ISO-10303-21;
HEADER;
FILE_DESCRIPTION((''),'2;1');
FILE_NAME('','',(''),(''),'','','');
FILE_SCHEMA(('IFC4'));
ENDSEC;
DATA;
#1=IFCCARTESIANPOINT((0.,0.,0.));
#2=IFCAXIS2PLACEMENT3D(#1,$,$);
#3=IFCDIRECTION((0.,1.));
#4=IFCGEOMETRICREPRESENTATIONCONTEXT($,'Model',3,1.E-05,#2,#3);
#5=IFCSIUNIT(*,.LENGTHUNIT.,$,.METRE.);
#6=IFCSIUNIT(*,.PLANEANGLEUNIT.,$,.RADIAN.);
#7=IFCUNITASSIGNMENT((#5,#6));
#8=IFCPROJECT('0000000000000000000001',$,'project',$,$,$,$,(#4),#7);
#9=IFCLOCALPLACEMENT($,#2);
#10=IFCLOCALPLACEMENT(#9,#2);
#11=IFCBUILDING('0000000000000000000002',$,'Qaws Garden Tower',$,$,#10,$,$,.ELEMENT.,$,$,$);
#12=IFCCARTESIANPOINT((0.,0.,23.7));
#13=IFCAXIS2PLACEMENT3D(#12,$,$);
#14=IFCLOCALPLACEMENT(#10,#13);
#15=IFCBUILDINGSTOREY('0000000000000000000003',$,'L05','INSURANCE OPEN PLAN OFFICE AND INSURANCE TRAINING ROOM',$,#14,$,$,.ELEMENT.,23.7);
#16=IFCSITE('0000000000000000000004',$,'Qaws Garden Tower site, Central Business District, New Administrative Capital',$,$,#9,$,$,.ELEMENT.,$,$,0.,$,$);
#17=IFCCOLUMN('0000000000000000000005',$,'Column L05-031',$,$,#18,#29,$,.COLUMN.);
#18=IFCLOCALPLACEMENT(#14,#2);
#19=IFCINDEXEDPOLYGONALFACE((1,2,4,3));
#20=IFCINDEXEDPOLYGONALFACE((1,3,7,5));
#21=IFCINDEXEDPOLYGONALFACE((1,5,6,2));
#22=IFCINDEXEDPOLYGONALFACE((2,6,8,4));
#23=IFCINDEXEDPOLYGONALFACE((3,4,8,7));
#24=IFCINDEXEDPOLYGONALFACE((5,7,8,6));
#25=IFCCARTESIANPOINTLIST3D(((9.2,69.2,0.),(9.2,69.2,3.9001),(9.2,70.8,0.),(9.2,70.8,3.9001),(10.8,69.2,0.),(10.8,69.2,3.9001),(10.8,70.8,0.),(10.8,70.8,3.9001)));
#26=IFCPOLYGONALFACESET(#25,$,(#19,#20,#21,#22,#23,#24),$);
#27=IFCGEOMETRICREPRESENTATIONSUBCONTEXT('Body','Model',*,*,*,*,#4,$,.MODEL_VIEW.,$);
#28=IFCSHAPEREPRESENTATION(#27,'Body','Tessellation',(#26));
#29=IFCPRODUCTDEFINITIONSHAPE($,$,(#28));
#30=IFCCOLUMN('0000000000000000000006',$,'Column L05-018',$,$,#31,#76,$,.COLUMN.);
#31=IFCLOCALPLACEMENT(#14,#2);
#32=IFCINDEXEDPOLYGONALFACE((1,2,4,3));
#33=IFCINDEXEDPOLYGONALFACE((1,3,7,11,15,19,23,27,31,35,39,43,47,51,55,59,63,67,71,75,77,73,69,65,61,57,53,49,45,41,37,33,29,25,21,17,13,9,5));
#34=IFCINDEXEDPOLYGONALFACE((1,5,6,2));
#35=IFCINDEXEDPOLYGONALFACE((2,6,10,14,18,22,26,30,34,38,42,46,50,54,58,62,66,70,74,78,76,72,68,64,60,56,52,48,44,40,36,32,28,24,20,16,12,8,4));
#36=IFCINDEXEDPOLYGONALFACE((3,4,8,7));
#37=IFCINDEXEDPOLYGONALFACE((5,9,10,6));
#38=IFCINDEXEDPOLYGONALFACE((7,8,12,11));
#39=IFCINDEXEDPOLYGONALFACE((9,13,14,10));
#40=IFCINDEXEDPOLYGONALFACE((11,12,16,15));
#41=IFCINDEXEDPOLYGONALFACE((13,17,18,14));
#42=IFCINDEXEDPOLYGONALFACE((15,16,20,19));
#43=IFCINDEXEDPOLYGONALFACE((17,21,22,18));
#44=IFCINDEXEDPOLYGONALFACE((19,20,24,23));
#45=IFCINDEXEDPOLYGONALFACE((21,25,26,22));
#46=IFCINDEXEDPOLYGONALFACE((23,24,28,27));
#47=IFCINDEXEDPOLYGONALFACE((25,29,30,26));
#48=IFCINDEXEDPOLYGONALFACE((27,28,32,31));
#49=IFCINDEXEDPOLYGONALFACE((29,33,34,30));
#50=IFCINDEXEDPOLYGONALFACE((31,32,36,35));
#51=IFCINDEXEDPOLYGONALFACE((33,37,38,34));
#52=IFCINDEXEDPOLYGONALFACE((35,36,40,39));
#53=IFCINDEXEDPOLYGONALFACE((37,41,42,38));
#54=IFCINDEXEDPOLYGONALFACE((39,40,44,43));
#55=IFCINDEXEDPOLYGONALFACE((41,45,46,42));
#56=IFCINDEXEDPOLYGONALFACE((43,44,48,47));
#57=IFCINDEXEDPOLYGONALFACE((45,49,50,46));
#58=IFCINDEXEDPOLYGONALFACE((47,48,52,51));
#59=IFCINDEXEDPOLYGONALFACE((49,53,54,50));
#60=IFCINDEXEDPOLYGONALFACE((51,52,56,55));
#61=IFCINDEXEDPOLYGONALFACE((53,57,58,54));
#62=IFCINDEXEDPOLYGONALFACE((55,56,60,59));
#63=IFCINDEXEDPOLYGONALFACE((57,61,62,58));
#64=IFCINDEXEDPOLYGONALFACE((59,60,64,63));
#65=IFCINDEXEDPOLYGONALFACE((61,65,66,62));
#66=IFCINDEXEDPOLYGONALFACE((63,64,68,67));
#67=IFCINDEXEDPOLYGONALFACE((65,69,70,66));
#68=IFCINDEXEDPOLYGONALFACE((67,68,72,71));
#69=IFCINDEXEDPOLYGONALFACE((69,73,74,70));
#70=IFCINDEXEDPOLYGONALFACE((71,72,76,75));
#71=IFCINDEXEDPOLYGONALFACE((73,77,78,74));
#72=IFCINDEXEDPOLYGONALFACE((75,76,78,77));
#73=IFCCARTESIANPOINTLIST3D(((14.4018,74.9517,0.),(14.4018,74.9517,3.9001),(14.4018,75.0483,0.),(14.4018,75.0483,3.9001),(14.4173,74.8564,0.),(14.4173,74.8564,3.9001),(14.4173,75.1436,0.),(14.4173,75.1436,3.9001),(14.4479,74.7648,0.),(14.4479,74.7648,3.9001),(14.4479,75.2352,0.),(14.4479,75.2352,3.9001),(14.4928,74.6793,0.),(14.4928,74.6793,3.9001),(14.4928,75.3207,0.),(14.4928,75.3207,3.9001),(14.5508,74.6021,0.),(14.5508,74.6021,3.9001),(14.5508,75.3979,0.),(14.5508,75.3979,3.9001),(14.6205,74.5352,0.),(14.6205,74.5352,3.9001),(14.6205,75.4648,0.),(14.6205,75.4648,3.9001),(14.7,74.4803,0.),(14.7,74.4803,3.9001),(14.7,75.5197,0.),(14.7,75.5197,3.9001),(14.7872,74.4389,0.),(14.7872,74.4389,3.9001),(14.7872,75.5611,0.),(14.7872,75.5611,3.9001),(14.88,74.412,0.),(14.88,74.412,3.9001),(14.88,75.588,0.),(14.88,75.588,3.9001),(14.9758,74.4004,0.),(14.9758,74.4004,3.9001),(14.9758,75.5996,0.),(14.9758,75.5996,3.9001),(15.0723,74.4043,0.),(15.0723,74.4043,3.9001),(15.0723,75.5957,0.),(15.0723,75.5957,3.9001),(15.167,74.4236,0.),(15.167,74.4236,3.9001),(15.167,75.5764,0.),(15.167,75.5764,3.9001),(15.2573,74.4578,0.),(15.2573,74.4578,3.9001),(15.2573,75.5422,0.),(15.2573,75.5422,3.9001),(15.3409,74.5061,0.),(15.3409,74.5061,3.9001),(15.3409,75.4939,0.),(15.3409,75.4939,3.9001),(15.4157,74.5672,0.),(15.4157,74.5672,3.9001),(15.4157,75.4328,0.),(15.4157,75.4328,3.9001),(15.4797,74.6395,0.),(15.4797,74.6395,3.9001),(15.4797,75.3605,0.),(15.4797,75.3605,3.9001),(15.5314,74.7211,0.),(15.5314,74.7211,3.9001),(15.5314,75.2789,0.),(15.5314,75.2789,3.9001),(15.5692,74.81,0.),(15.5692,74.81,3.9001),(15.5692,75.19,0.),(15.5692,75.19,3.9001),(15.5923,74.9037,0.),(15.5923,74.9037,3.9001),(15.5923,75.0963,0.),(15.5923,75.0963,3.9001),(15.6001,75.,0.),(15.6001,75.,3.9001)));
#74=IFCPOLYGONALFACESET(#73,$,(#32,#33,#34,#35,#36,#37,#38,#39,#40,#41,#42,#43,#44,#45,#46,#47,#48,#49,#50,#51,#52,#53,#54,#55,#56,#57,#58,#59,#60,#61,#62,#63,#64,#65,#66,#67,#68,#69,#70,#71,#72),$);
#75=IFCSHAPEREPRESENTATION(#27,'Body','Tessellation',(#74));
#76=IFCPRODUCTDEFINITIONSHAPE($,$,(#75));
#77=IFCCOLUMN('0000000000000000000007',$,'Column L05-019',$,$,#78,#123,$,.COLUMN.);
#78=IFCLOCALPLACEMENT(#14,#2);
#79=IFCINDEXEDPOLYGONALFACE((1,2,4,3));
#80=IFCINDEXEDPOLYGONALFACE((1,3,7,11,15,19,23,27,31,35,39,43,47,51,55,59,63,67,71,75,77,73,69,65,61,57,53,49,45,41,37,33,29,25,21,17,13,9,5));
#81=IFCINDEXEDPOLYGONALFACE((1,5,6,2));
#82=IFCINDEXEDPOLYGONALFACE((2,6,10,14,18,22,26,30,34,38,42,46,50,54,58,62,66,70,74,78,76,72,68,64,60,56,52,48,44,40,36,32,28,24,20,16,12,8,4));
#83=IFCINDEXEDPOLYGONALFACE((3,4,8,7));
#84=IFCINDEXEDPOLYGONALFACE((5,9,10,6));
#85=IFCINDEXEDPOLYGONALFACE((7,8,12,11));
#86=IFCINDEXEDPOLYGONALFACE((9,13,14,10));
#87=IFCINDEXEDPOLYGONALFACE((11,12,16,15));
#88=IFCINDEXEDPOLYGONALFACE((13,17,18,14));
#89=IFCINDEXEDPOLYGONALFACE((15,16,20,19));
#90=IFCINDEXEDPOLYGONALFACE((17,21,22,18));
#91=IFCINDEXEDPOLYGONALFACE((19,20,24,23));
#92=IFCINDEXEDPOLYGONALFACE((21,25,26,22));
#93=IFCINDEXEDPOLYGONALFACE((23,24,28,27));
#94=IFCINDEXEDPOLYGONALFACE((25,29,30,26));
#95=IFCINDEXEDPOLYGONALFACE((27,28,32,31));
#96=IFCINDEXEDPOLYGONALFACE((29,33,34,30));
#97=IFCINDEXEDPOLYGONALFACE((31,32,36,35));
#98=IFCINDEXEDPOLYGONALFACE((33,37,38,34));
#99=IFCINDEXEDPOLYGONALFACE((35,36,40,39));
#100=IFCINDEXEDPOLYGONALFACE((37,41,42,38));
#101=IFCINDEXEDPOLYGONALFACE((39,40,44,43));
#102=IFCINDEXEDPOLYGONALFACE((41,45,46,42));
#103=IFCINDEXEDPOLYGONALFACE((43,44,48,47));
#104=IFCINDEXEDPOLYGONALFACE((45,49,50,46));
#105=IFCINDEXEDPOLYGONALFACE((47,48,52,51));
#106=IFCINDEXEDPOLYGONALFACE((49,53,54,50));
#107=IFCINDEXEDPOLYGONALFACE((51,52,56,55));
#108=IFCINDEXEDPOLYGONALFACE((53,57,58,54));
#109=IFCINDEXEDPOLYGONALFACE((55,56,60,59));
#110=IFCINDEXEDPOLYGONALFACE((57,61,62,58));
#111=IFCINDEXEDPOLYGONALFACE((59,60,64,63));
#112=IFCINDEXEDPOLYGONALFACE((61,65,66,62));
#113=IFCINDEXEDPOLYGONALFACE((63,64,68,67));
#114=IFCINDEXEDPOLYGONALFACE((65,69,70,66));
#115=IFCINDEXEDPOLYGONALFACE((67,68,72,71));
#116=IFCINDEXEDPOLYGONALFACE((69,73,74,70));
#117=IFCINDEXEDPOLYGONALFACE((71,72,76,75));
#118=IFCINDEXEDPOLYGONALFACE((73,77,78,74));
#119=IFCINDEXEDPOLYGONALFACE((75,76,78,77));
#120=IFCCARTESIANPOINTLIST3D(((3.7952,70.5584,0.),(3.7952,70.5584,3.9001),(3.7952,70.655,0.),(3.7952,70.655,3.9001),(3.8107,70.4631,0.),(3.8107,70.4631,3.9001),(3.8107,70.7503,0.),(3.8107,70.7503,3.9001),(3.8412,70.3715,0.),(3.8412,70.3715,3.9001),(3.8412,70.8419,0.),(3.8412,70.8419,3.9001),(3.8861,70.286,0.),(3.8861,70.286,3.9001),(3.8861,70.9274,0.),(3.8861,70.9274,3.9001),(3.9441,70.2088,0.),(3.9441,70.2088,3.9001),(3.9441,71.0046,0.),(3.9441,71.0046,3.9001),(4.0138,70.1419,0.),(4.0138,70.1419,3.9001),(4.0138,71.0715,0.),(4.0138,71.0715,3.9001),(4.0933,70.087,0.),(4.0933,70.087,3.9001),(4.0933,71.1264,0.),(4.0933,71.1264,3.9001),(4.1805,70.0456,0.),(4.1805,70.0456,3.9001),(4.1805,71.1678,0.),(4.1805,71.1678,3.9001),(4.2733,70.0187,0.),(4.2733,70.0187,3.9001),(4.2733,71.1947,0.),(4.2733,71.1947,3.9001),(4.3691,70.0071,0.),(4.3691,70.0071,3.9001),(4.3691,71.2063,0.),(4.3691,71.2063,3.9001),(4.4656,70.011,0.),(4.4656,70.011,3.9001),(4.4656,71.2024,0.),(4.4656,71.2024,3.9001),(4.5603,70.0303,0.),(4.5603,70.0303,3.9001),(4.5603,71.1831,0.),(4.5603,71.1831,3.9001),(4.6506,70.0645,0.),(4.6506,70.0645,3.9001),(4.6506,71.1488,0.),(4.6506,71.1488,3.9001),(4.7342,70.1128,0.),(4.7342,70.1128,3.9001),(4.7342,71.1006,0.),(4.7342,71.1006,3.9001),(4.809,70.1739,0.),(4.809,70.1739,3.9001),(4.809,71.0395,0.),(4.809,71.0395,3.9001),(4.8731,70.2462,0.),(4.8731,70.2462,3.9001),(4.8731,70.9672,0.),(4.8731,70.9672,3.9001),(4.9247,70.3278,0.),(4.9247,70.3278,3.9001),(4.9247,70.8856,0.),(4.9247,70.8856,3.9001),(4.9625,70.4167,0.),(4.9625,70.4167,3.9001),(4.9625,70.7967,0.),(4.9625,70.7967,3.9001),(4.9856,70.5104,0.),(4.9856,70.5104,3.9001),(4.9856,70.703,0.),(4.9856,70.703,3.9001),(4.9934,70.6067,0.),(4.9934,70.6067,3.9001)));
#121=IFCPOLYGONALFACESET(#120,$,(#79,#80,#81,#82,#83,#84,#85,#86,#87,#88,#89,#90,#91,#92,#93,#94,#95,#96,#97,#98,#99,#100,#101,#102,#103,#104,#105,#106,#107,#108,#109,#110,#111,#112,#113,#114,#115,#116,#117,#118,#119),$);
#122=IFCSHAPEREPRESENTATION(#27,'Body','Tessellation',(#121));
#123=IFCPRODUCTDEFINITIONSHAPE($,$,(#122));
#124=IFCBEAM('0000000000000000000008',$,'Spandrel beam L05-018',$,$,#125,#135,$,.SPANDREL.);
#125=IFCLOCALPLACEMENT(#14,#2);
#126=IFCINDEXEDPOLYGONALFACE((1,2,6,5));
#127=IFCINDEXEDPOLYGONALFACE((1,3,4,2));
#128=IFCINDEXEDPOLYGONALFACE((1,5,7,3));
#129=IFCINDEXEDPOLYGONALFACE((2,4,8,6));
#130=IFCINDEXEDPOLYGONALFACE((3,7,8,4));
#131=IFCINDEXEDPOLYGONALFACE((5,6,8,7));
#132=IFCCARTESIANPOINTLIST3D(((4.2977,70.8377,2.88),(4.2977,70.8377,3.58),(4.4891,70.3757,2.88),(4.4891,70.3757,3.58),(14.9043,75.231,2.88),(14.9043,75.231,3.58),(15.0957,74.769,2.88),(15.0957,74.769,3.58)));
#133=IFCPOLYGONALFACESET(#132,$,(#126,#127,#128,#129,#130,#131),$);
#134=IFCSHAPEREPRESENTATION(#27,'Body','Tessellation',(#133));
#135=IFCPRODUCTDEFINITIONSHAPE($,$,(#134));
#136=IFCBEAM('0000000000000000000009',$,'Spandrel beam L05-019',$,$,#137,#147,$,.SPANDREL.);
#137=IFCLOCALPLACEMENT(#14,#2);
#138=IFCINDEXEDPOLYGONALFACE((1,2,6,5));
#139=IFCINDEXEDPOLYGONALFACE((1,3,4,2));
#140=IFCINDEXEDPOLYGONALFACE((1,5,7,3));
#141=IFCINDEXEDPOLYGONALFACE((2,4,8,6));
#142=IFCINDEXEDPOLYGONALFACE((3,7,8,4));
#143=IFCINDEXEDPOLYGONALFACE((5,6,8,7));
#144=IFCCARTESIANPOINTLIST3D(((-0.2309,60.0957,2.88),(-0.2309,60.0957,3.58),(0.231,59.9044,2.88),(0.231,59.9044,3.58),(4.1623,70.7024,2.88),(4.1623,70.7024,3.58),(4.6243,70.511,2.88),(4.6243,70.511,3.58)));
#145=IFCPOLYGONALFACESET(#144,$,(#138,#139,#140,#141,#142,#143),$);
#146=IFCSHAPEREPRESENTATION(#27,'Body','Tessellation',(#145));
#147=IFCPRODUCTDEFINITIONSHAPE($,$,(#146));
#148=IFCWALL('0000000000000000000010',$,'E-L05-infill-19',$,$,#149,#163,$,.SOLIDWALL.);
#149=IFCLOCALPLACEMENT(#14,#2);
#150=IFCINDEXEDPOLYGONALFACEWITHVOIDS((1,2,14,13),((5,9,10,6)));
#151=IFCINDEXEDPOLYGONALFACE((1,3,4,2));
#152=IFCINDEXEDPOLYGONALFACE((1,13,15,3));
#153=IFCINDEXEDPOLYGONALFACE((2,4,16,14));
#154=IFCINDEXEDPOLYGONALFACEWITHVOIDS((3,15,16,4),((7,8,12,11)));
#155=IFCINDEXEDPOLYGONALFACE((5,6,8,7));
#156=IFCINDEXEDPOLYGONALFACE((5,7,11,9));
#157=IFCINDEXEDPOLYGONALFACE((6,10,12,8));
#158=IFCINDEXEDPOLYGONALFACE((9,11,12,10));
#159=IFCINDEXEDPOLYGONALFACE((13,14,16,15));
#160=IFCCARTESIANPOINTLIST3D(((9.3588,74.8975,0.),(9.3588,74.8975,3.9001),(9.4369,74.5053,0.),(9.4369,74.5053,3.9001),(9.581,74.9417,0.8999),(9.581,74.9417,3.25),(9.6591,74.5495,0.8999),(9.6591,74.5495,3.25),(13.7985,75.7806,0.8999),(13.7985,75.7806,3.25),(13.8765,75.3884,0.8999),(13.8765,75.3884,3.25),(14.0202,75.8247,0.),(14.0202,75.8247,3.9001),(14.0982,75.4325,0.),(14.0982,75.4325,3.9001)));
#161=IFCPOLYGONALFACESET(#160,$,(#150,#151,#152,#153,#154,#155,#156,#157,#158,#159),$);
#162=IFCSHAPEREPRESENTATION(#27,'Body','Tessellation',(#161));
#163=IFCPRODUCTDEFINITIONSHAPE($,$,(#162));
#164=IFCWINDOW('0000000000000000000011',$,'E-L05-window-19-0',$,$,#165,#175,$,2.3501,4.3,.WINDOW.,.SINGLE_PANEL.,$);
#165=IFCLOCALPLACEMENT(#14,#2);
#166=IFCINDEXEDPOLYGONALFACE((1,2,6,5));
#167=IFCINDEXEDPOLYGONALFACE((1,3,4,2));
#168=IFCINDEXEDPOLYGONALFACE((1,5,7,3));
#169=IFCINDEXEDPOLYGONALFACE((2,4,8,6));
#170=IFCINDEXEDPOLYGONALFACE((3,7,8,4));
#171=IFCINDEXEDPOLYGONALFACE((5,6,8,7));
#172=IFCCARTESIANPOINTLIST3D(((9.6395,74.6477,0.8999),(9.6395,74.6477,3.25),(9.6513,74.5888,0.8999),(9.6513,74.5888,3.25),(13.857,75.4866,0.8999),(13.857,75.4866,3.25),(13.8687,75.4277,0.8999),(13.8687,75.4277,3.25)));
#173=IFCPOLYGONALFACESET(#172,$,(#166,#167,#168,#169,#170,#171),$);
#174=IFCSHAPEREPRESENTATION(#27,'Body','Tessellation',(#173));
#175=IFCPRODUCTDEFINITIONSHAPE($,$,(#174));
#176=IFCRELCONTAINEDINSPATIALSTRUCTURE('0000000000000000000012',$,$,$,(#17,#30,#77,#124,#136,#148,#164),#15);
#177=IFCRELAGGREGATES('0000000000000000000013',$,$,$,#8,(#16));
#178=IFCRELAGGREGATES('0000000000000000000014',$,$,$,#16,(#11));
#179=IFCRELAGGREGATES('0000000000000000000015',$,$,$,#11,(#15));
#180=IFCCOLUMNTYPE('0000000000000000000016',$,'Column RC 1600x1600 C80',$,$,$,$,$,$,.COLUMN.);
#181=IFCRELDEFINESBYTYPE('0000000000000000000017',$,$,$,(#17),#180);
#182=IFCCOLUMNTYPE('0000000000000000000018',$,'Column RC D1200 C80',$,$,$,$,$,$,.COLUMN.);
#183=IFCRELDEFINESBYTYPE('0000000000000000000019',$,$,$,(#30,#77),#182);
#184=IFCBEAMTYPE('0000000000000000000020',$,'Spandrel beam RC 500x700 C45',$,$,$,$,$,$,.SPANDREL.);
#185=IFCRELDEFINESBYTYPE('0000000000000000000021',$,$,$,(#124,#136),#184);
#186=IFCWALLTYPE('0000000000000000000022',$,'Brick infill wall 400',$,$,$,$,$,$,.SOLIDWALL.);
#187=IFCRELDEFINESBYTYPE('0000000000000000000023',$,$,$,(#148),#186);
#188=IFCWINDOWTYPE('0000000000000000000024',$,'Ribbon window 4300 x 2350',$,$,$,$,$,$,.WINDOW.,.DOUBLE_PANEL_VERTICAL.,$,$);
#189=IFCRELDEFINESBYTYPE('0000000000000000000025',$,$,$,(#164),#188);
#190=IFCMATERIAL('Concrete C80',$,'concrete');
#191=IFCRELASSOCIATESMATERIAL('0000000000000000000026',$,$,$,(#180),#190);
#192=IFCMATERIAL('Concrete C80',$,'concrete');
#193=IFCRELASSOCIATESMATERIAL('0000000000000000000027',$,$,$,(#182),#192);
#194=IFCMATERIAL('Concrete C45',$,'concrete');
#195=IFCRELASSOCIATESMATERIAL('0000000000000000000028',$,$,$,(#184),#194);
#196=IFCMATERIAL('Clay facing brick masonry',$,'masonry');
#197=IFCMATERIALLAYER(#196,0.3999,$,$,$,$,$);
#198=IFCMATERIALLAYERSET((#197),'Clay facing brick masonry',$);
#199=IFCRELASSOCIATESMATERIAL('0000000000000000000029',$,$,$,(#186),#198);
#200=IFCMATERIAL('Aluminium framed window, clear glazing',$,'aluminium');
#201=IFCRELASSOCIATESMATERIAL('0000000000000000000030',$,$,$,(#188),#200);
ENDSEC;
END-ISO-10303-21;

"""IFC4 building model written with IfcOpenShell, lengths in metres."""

from ifc_helpers import new_model, si_unit, direction, frame, frame_2d, origin, origin_2d, place, context, subcontext, project, spatial, rectangle, circle, extrude, material, layer, layer_set, material_profile, profile_set, type_object, element, fill, save


model = new_model("IFC4")

# Units and contexts
model_context = context("Model", 3, precision=1e-05, world=origin(), true_north=direction((0.0, 1.0)))
body_context = subcontext(model_context, "Body", "Model", "MODEL_VIEW")
ifc_project = project(units=[si_unit("LENGTHUNIT", "METRE"), si_unit("PLANEANGLEUNIT", "RADIAN")], contexts=[model_context])

# Site, building, storey
site_placement = place(None, origin())
site = spatial("IfcSite", under=ifc_project, at=site_placement, Name="Qaws Garden Tower site, Central Business District, New Administrative Capital", CompositionType="ELEMENT", RefElevation=0.0)
building_placement = place(site_placement, origin())
building = spatial("IfcBuilding", under=site, at=building_placement, Name="Qaws Garden Tower", CompositionType="ELEMENT")
storey_placement = place(building_placement, frame((0.0, 0.0, 23.7)))
storey = spatial("IfcBuildingStorey", under=building, at=storey_placement, Name="L05", Description="INSURANCE OPEN PLAN OFFICE AND INSURANCE TRAINING ROOM", CompositionType="ELEMENT", Elevation=23.7)

# Columns
ifc_material_1 = material(Name="Concrete C80", Category="concrete")
ifc_material_profile_1 = material_profile(ifc_material_1, rectangle(XDim=1.6001, YDim=1.6001, at=origin_2d()), Name="RC 1600x1600")
ifc_profile_set_1 = profile_set([ifc_material_profile_1], Name="Concrete C80")
column_type_1 = type_object("IfcColumnType", Name="Column RC 1600x1600 C80", PredefinedType="COLUMN", material=ifc_profile_set_1)
column_placement = place(storey_placement, frame((10.0, 70.0, 0.0), z_axis=(0.0, 0.0, 1.0), x_axis=(1.0, 0.0, 0.0)))
element("IfcColumn", 1, at=column_placement, inside=storey, type_object=column_type_1, Name="Column L05-031", PredefinedType="COLUMN", context=body_context, shape_type="SweptSolid", body=[
    extrude(rectangle(XDim=1.6001, YDim=1.6001, at=origin_2d()), origin(), (0.0, 0.0, 1.0), 3.9001),
])
ifc_material_2 = material(Name="Concrete C80", Category="concrete")
ifc_material_profile_2 = material_profile(ifc_material_2, circle(Radius=0.6001, at=origin_2d()), Name="RC D1200")
ifc_profile_set_2 = profile_set([ifc_material_profile_2], Name="Concrete C80")
column_type_2 = type_object("IfcColumnType", Name="Column RC D1200 C80", PredefinedType="COLUMN", material=ifc_profile_set_2)
for number, where, z_axis, x_axis, name in (
    (2, (15.0, 75.0, 0.0), (0.0, 0.0, 1.0), (1.0, 0.0, 0.0), "Column L05-018"),
    (3, (4.3933, 70.6067, 0.0), (0.0, 0.0, 1.0), (1.0, 0.0, 0.0), "Column L05-019"),
):
    element("IfcColumn", number, at=place(storey_placement, frame(where, z_axis=z_axis, x_axis=x_axis)), inside=storey, type_object=column_type_2, Name=name, PredefinedType="COLUMN", context=body_context, shape_type="SweptSolid", body=[
        extrude(circle(Radius=0.6001, at=origin_2d()), origin(), (0.0, 0.0, 1.0), 3.9001),
    ])

# Beams
ifc_material_3 = material(Name="Concrete C45", Category="concrete")
ifc_material_profile_3 = material_profile(ifc_material_3, rectangle(XDim=0.5, YDim=0.7, at=origin_2d()), Name="RC 500x700")
ifc_profile_set_3 = profile_set([ifc_material_profile_3], Name="Concrete C45")
beam_type = type_object("IfcBeamType", Name="Spandrel beam RC 500x700 C45", PredefinedType="SPANDREL", material=ifc_profile_set_3)
for number, where, z_axis, x_axis, name in (
    (4, (15.0, 75.0, 3.23), (-0.923883, -0.382674, 0.0), (0.382674, -0.923883, 0.0), "Spandrel beam L05-018"),
    (5, (4.3933, 70.6067, 3.23), (-0.382674, -0.923883, 0.0), (0.923883, -0.382674, 0.0), "Spandrel beam L05-019"),
):
    element("IfcBeam", number, at=place(storey_placement, frame(where, z_axis=z_axis, x_axis=x_axis)), inside=storey, type_object=beam_type, Name=name, PredefinedType="SPANDREL", context=body_context, shape_type="SweptSolid", body=[
        extrude(rectangle(XDim=0.5, YDim=0.7, at=origin_2d()), origin(), (0.0, 0.0, 1.0), 11.4805),
    ])

# Wall, opening, window
ifc_material_4 = material(Name="Clay facing brick masonry", Category="masonry")
ifc_layer_1 = layer(ifc_material_4, 0.3999)
ifc_layer_set_1 = layer_set([ifc_layer_1], Name="Clay facing brick masonry")
wall_type_1 = type_object("IfcWallType", Name="Brick infill wall 400", PredefinedType="SOLIDWALL", material=ifc_layer_set_1)
wall_1_placement = place(storey_placement, frame((14.0593, 75.6287, 0.0), z_axis=(0.0, 0.0, 1.0), x_axis=(-0.980784, -0.195099, 0.0)))
wall_1 = element("IfcWall", 6, at=wall_1_placement, inside=storey, type_object=wall_type_1, Name="E-L05-infill-19", PredefinedType="SOLIDWALL", context=body_context, shape_type="SweptSolid", body=[
    extrude(rectangle(XDim=4.7527, YDim=0.3999, at=frame_2d((2.3765, 0.0))), origin(), (0.0, 0.0, 1.0), 3.9001),
])
opening_1_placement = place(wall_1_placement, frame((0.2263, 0.0, 0.8999)))
opening_1 = element("IfcOpeningElement", 7, at=opening_1_placement, cuts=wall_1, PredefinedType="OPENING", context=body_context, shape_type="SweptSolid", body=[
    extrude(rectangle(XDim=4.3, YDim=2.3501, at=frame_2d((2.1499, 1.175))), frame((0.0, 0.21, 0.0), z_axis=(0.0, -1.0, 0.0), x_axis=(1.0, 0.0, 0.0)), (0.0, 0.0, 1.0), 0.4199),
])
ifc_material_5 = material(Name="Aluminium framed window, clear glazing", Category="aluminium")
window_type = type_object("IfcWindowType", Name="Ribbon window 4300 x 2350", PartitioningType="DOUBLE_PANEL_VERTICAL", PredefinedType="WINDOW", material=ifc_material_5)
window_1_placement = place(opening_1_placement, origin())
window_1 = element("IfcWindow", 8, at=window_1_placement, inside=storey, type_object=window_type, Name="E-L05-window-19-0", OverallHeight=2.3501, OverallWidth=4.3, PartitioningType="SINGLE_PANEL", PredefinedType="WINDOW", context=body_context, shape_type="SweptSolid", body=[
    extrude(rectangle(XDim=4.3, YDim=2.3501, at=frame_2d((2.1499, 1.175))), frame((0.0, 0.1599, 0.0), z_axis=(0.0, -1.0, 0.0), x_axis=(1.0, 0.0, 0.0)), (0.0, 0.0, 1.0), 0.0601),
])
fill(opening_1, window_1)

save(model, "model.ifc")
